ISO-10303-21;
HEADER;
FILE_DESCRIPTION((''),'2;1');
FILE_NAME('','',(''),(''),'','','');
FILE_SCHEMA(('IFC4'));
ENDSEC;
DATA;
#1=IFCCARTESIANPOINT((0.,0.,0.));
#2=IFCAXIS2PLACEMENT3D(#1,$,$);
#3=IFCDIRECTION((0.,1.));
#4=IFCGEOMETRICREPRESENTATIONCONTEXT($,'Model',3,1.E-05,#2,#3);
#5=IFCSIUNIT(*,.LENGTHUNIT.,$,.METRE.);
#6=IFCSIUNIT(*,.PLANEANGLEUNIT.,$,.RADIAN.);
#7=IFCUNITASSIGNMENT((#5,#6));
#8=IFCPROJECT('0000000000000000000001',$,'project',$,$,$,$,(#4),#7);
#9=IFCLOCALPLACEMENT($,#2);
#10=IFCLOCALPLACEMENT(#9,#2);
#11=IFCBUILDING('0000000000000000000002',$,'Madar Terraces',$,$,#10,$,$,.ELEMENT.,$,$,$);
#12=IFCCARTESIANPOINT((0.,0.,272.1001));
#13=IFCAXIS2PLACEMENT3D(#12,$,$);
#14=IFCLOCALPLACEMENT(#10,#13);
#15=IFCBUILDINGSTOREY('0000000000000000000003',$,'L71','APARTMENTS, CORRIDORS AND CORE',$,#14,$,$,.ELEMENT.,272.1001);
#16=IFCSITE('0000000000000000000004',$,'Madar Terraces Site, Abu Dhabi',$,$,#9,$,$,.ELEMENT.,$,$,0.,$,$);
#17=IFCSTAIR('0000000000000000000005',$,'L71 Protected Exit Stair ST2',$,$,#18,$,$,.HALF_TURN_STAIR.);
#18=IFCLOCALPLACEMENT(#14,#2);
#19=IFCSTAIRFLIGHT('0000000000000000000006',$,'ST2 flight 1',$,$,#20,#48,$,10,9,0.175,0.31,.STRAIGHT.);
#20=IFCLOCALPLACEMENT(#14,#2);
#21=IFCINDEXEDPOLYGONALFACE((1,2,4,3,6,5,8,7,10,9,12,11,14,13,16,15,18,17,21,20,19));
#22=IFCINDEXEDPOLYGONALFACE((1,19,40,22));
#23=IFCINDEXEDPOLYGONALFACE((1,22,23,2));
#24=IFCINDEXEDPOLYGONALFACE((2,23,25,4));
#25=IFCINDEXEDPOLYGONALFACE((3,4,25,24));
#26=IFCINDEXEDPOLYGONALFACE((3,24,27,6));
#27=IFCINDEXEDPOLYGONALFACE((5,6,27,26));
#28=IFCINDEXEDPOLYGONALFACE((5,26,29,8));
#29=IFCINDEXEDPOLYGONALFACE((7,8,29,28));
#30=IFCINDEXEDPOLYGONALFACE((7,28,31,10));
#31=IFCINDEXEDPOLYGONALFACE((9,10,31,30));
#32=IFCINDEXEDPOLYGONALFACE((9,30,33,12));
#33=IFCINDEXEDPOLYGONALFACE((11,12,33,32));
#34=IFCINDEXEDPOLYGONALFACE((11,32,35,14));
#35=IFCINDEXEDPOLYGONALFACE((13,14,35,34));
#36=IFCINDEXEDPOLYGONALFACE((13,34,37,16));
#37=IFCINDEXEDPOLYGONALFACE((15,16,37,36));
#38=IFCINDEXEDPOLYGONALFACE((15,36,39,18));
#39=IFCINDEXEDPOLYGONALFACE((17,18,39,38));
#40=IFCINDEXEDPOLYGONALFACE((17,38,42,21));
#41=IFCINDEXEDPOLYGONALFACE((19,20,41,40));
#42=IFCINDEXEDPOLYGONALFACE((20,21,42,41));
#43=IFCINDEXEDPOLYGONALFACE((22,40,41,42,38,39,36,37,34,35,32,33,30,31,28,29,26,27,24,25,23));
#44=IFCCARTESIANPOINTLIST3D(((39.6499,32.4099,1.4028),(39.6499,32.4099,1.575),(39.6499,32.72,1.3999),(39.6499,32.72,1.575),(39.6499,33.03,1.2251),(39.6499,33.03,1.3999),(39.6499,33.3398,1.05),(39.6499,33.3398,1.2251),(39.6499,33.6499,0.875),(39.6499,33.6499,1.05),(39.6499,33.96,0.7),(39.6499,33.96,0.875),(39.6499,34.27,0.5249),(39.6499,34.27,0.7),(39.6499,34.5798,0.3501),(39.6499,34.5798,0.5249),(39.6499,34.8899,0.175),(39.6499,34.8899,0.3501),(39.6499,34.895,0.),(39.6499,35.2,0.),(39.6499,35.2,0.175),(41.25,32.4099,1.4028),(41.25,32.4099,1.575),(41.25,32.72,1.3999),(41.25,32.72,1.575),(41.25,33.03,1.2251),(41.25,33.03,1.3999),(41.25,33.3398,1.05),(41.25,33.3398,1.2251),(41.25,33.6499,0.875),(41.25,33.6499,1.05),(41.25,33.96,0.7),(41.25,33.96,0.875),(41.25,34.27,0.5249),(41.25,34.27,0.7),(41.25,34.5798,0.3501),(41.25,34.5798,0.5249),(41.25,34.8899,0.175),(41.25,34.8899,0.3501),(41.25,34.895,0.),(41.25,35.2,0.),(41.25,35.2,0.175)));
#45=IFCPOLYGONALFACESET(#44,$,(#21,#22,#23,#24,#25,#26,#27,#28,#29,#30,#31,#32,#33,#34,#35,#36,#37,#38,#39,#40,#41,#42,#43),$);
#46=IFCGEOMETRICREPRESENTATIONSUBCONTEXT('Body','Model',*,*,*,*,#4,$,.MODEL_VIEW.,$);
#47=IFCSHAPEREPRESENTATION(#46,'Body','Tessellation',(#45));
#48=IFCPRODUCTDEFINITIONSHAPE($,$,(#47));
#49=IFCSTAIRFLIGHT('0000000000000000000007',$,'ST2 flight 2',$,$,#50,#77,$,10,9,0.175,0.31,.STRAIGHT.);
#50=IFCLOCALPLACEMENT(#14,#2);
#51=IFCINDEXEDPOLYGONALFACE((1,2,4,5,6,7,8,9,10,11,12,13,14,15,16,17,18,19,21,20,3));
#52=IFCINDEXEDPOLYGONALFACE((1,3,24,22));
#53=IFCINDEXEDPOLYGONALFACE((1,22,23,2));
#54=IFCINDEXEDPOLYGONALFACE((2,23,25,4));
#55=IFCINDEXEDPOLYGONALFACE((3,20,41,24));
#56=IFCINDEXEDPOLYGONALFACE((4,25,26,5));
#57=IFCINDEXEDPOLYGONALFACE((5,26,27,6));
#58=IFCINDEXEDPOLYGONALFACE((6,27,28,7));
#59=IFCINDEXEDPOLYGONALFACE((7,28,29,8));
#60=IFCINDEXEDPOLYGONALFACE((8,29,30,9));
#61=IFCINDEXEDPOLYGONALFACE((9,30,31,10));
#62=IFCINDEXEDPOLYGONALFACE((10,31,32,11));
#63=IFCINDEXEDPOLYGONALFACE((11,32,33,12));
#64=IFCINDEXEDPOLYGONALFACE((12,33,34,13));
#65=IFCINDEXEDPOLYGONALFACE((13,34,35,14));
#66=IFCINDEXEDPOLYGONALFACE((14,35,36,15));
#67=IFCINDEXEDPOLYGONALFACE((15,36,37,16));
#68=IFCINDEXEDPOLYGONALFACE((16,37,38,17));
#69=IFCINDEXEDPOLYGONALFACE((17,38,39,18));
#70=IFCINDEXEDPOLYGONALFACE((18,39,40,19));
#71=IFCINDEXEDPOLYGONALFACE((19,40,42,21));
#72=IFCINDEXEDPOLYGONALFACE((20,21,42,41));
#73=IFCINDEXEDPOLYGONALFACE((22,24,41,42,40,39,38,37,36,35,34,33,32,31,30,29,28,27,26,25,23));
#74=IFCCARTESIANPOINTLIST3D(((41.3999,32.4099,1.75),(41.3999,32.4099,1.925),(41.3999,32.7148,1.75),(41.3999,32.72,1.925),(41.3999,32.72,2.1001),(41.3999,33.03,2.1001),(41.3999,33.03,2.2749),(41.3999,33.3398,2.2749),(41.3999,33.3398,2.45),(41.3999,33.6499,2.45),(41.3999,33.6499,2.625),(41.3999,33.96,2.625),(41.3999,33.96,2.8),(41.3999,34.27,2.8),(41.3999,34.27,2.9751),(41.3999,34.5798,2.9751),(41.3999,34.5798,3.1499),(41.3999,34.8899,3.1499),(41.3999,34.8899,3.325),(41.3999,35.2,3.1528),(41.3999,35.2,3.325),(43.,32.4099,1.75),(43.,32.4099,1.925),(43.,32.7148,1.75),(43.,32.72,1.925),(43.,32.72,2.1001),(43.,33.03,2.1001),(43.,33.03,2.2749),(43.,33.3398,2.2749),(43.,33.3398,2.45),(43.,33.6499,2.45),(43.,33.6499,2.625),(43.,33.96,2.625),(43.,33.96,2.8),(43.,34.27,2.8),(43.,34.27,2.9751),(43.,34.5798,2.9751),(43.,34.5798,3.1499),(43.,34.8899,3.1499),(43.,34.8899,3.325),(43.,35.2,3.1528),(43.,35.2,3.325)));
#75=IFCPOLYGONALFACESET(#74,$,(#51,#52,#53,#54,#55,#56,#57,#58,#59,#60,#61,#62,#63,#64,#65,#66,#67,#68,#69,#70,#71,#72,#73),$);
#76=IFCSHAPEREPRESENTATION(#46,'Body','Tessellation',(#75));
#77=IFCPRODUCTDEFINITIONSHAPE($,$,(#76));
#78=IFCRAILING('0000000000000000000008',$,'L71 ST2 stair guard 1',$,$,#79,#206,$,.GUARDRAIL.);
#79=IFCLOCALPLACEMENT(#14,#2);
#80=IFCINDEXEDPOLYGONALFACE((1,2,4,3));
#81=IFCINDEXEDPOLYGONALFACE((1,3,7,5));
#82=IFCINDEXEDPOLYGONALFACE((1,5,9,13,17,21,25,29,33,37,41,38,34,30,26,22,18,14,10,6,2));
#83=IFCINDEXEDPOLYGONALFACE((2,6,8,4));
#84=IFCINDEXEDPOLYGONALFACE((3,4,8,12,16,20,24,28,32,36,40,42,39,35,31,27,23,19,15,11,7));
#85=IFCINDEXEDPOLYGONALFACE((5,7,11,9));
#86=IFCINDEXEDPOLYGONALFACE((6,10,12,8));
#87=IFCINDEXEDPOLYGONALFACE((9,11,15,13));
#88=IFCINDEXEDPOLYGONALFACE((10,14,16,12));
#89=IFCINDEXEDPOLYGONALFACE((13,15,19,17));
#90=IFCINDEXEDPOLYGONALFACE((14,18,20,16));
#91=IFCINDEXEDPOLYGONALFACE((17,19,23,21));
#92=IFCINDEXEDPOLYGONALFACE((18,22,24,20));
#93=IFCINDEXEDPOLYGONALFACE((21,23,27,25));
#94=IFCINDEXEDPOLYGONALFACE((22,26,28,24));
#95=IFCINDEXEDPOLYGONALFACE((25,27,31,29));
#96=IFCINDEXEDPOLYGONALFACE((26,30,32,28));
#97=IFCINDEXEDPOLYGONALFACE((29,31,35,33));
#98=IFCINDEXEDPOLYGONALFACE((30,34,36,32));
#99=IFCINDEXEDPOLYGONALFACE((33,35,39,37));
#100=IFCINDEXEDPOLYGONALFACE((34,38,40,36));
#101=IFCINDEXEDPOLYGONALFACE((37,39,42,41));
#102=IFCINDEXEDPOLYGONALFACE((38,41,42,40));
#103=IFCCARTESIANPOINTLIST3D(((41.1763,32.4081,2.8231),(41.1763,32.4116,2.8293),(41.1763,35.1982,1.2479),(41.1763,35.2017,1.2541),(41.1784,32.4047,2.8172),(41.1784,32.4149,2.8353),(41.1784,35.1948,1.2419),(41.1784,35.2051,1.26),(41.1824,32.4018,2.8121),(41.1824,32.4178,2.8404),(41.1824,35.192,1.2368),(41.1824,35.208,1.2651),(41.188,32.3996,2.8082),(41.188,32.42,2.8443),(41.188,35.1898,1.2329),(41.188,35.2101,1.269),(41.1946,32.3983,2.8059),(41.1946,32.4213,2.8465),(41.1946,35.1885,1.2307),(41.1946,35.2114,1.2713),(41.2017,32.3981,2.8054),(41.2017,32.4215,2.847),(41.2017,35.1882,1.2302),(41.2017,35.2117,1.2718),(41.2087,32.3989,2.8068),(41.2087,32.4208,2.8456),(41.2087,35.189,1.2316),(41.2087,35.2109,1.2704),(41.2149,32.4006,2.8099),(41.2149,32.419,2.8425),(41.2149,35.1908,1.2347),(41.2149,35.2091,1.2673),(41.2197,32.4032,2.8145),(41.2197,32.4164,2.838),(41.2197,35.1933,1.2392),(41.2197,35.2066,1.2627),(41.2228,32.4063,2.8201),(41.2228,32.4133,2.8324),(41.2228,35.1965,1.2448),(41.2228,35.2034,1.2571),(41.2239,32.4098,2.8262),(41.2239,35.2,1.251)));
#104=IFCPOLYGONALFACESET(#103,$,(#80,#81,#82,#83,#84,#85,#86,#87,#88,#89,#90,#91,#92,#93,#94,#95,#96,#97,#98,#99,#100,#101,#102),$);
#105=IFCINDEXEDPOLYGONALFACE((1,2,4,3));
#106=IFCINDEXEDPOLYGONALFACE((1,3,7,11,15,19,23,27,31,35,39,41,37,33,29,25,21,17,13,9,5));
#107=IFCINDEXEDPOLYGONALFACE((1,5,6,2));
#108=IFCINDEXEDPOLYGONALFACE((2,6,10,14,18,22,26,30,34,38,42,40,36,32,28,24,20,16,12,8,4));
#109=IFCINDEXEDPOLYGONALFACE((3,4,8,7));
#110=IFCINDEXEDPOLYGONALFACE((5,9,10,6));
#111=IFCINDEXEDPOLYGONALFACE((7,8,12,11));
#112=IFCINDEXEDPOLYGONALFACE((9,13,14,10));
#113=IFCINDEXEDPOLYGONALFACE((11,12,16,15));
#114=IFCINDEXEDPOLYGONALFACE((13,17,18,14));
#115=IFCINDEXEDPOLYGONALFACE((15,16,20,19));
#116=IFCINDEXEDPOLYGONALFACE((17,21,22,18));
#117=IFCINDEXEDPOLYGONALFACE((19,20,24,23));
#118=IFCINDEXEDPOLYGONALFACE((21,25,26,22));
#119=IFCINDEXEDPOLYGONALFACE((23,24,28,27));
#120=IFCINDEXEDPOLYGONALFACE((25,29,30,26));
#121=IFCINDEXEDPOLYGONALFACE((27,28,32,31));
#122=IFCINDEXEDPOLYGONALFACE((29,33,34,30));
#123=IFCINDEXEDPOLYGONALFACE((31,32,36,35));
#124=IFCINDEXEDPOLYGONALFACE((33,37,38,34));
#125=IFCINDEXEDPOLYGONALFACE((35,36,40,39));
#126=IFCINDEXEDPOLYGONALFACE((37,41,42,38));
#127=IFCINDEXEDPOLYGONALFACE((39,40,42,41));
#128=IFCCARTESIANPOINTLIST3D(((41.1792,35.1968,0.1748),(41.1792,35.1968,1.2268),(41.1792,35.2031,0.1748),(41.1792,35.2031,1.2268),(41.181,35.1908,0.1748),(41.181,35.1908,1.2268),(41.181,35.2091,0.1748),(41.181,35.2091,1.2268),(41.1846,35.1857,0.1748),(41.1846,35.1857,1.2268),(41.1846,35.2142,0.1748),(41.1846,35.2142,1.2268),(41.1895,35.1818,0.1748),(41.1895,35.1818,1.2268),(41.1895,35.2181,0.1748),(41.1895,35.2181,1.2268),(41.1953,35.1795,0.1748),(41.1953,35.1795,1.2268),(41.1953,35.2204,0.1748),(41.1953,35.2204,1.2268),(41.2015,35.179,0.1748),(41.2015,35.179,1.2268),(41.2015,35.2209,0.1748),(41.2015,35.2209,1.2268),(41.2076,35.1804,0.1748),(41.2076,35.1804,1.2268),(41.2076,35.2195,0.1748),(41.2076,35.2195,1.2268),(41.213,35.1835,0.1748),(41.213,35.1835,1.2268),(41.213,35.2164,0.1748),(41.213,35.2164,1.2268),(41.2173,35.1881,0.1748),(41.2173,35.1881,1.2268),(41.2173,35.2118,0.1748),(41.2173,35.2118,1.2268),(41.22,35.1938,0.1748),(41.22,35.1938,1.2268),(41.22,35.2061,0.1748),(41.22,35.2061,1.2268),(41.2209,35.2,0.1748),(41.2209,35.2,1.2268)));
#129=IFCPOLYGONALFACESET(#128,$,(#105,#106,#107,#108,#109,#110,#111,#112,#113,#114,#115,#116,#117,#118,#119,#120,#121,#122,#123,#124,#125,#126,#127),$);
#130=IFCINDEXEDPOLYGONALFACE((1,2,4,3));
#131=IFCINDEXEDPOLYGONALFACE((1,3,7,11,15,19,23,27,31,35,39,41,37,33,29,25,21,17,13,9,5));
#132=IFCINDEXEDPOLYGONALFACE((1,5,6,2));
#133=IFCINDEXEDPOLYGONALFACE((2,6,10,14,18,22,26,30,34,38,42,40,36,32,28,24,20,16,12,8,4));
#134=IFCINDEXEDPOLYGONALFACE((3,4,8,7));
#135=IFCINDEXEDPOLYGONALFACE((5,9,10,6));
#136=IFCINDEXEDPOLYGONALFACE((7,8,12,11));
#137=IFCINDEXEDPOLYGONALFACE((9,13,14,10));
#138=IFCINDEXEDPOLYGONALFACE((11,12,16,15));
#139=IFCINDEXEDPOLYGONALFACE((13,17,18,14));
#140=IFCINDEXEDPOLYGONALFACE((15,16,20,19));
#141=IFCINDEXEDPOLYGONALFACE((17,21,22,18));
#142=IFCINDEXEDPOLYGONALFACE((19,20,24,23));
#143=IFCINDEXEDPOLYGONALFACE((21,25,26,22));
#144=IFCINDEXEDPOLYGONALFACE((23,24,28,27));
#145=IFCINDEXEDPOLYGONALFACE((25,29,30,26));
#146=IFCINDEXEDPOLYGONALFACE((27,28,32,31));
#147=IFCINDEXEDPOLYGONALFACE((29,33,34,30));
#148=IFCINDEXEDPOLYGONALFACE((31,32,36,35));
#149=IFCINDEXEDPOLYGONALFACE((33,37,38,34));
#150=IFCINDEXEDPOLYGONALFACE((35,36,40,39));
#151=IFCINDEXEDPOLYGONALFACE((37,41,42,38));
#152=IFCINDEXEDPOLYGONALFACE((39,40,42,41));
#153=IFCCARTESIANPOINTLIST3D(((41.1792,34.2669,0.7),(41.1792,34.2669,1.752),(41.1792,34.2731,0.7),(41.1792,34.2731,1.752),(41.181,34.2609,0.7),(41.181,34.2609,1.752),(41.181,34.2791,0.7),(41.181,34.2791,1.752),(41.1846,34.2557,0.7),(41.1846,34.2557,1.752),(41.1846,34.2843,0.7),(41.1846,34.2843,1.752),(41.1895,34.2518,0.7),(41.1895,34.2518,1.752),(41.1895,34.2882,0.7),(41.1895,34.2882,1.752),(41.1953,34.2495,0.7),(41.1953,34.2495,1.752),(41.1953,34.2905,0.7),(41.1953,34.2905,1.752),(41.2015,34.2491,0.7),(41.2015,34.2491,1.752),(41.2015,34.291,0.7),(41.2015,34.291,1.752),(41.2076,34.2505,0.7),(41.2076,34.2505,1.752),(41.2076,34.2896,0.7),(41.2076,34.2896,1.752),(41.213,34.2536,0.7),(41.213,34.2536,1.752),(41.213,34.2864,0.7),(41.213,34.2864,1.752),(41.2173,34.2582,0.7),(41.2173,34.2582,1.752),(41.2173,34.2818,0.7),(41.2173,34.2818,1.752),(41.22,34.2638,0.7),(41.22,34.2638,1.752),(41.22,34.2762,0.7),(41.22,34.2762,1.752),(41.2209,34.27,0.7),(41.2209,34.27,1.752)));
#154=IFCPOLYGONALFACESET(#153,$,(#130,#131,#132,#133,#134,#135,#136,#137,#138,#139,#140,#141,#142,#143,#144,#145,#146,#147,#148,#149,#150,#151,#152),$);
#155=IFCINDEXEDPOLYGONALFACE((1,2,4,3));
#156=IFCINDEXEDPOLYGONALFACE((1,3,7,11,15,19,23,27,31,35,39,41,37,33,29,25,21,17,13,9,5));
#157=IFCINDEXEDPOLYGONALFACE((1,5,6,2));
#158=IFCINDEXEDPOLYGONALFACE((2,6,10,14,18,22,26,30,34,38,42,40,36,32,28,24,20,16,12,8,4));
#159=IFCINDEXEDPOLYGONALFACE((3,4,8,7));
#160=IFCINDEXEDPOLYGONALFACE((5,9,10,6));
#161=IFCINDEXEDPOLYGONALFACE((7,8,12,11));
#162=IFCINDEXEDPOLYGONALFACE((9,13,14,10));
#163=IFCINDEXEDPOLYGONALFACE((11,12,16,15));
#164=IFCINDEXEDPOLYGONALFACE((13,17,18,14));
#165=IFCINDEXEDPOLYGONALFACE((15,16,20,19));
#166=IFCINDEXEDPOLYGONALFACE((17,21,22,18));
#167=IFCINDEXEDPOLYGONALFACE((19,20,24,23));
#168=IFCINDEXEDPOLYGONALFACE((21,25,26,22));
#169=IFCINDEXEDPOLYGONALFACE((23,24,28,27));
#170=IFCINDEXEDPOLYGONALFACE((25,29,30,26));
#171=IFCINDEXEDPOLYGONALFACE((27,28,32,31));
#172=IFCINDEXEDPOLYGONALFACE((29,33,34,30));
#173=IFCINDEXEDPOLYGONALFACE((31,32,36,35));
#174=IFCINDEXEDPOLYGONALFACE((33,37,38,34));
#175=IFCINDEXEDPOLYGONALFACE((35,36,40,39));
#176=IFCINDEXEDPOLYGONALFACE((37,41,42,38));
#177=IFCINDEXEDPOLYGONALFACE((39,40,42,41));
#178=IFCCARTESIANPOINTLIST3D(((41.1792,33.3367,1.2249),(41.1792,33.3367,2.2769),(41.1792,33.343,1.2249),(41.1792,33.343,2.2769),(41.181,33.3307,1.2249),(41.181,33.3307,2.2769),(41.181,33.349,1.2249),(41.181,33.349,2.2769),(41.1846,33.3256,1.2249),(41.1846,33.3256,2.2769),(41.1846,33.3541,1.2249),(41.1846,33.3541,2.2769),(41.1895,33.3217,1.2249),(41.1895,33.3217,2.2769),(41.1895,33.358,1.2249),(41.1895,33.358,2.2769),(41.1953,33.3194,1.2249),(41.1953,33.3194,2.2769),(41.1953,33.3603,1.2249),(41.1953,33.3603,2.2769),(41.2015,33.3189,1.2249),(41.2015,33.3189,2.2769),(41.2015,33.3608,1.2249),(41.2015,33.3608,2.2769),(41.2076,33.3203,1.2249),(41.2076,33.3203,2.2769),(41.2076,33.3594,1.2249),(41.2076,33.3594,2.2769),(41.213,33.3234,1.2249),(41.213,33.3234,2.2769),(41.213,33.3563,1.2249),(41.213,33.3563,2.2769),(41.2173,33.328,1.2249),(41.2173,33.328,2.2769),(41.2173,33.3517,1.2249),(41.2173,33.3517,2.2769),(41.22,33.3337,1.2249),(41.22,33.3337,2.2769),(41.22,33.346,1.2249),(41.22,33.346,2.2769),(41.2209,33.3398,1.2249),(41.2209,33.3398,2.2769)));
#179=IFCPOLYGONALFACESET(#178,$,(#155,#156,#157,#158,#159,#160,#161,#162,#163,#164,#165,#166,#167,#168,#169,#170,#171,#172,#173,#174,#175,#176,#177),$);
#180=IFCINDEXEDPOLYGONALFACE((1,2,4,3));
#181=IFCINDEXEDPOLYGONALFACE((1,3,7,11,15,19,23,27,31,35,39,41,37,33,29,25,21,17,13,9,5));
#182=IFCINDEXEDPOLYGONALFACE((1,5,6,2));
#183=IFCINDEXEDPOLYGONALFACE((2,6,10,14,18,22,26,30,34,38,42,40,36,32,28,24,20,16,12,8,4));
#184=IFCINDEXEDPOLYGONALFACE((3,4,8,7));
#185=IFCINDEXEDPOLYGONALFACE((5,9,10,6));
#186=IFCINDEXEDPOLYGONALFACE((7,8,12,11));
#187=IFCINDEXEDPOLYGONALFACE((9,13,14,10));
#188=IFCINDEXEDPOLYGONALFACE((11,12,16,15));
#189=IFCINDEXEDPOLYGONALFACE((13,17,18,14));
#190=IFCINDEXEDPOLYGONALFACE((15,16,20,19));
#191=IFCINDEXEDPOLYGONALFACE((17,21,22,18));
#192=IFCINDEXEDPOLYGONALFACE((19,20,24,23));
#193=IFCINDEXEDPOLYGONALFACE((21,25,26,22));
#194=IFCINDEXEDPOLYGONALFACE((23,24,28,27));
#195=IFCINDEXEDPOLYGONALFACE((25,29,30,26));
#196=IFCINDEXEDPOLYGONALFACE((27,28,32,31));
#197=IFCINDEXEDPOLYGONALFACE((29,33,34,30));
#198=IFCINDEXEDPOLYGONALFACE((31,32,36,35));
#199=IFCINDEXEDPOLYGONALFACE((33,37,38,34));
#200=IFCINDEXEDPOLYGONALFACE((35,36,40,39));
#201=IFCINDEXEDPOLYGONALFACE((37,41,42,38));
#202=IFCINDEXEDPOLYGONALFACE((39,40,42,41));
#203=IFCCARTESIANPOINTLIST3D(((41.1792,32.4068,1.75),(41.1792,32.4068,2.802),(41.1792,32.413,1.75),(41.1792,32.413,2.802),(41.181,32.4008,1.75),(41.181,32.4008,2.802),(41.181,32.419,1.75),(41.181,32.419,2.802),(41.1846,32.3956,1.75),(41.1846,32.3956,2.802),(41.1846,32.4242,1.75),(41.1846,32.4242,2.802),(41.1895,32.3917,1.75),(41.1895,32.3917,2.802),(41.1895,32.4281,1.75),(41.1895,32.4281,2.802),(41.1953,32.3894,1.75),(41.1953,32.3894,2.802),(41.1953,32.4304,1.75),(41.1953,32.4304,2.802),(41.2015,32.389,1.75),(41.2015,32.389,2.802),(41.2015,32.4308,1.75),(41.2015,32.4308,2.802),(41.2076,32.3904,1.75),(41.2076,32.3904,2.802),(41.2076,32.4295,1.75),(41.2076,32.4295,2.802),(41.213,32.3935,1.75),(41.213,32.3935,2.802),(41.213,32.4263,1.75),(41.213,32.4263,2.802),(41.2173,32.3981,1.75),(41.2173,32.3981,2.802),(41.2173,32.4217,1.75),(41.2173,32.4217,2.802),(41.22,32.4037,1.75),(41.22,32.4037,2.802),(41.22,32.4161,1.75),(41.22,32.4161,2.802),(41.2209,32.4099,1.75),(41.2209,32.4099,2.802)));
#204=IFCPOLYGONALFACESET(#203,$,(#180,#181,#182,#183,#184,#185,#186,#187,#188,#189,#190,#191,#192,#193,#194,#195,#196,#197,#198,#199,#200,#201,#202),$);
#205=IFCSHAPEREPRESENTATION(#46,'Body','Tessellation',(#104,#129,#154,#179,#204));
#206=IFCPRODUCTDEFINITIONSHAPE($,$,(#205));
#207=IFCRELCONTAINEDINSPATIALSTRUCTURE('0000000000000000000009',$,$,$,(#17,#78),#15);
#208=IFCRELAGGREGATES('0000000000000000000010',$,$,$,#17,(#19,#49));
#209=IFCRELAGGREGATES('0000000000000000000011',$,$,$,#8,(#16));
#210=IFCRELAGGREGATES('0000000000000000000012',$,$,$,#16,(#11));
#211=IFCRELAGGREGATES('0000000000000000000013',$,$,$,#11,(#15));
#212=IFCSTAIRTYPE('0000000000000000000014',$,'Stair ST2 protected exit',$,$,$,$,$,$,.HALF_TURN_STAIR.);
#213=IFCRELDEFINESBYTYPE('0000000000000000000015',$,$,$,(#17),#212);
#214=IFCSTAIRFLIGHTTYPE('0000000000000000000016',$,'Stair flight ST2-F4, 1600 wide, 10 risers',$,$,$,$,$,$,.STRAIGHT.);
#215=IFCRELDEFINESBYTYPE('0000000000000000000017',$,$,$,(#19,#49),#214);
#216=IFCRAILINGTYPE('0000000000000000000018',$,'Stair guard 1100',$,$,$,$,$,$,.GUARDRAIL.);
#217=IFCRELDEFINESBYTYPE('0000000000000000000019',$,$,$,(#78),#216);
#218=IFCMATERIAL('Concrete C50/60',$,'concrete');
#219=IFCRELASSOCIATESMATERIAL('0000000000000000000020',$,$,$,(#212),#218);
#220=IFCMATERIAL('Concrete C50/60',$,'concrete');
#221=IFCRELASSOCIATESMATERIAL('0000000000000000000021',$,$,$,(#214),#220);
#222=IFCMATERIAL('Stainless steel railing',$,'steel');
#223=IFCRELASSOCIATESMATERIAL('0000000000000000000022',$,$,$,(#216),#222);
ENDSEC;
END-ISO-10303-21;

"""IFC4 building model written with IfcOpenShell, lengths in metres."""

from ifc_helpers import new_model, si_unit, direction, frame, origin, origin_2d, place, context, subcontext, project, spatial, polyline, circle, outline, extrude, material, type_object, element, aggregate, save


model = new_model("IFC4")

# Units and contexts
model_context = context("Model", 3, precision=1e-05, world=origin(), true_north=direction((0.0, 1.0)))
body_context = subcontext(model_context, "Body", "Model", "MODEL_VIEW")
ifc_project = project(units=[si_unit("LENGTHUNIT", "METRE"), si_unit("PLANEANGLEUNIT", "RADIAN")], contexts=[model_context])

# Site, building, storey
site_placement = place(None, origin())
site = spatial("IfcSite", under=ifc_project, at=site_placement, Name="Madar Terraces Site, Abu Dhabi", CompositionType="ELEMENT", RefElevation=0.0)
building_placement = place(site_placement, origin())
building = spatial("IfcBuilding", under=site, at=building_placement, Name="Madar Terraces", CompositionType="ELEMENT")
storey_placement = place(building_placement, frame((0.0, 0.0, 272.1001)))
storey = spatial("IfcBuildingStorey", under=building, at=storey_placement, Name="L71", Description="APARTMENTS, CORRIDORS AND CORE", CompositionType="ELEMENT", Elevation=272.1001)

# Stair, stair flights
ifc_material_1 = material(Name="Concrete C50/60", Category="concrete")
stair_type = type_object("IfcStairType", Name="Stair ST2 protected exit", PredefinedType="HALF_TURN_STAIR", material=ifc_material_1)
stair_placement = place(storey_placement, origin())
stair = element("IfcStair", 1, at=stair_placement, inside=storey, type_object=stair_type, Name="L71 Protected Exit Stair ST2", PredefinedType="HALF_TURN_STAIR")
ifc_material_2 = material(Name="Concrete C50/60", Category="concrete")
stair_flight_type = type_object("IfcStairFlightType", Name="Stair flight ST2-F4, 1600 wide, 10 risers", PredefinedType="STRAIGHT", material=ifc_material_2)
stair_flight_1_placement = place(storey_placement, frame((40.45, 35.2, 0.0), z_axis=(0.0, 0.0, 1.0), x_axis=(0.0, -1.0, 0.0)))
stair_flight_1 = element("IfcStairFlight", 2, at=stair_flight_1_placement, type_object=stair_flight_type, Name="ST2 flight 1", NumberOfRisers=10, NumberOfTreads=9, PredefinedType="STRAIGHT", RiserHeight=0.175, TreadLength=0.31, context=body_context, shape_type="SweptSolid", body=[
    extrude(outline(polyline([(0.0, 0.0), (0.0, 0.175), (0.3101, 0.175), (0.3101, 0.3501), (0.6201, 0.3501), (0.6201, 0.5249), (0.9299, 0.5249), (0.9299, 0.7), (1.24, 0.7), (1.24, 0.875), (1.55, 0.875), (1.55, 1.05), (1.8601, 1.05), (1.8601, 1.2251), (2.1699, 1.2251), (2.1699, 1.3999), (2.48, 1.3999), (2.48, 1.575), (2.79, 1.575), (2.79, 1.75), (2.79, 1.4028), (0.3049, 0.0), (0.0, 0.0)])), frame((0.0, 0.8, 0.0), z_axis=(0.0, -1.0, 0.0), x_axis=(1.0, 0.0, 0.0)), (0.0, 0.0, 1.0), 1.6001),
])
stair_flight_2_placement = place(storey_placement, frame((42.2, 32.4099, 1.75), z_axis=(0.0, 0.0, 1.0), x_axis=(0.0, 1.0, 0.0)))
stair_flight_2 = element("IfcStairFlight", 3, at=stair_flight_2_placement, type_object=stair_flight_type, Name="ST2 flight 2", NumberOfRisers=10, NumberOfTreads=9, PredefinedType="STRAIGHT", RiserHeight=0.175, TreadLength=0.31, context=body_context, shape_type="SweptSolid", body=[
    extrude(outline(polyline([(0.0, 0.0), (0.0, 0.175), (0.3101, 0.175), (0.3101, 0.3501), (0.6201, 0.3501), (0.6201, 0.5249), (0.9299, 0.5249), (0.9299, 0.7), (1.24, 0.7), (1.24, 0.875), (1.55, 0.875), (1.55, 1.05), (1.8601, 1.05), (1.8601, 1.2251), (2.1699, 1.2251), (2.1699, 1.3999), (2.48, 1.3999), (2.48, 1.575), (2.79, 1.575), (2.79, 1.75), (2.79, 1.4028), (0.3049, 0.0), (0.0, 0.0)])), frame((0.0, 0.8, 0.0), z_axis=(0.0, -1.0, 0.0), x_axis=(1.0, 0.0, 0.0)), (0.0, 0.0, 1.0), 1.6001),
])
aggregate(stair, [stair_flight_1, stair_flight_2])

# Railing
ifc_material_3 = material(Name="Stainless steel railing", Category="steel")
railing_type_1 = type_object("IfcRailingType", Name="Stair guard 1100", PredefinedType="GUARDRAIL", material=ifc_material_3)
railing_1_placement = place(storey_placement, frame((41.2, 35.2, 0.1748)))
element("IfcRailing", 4, at=railing_1_placement, inside=storey, type_object=railing_type_1, Name="L71 ST2 stair guard 1", PredefinedType="GUARDRAIL", context=body_context, shape_type="SweptSolid", body=[
    extrude(circle(Radius=0.0239, at=origin_2d()), frame((0.0, 0.0, 1.0762), z_axis=(0.0, -0.870801, 0.491635), x_axis=(1.0, 0.0, 0.0)), (0.0, 0.0, 1.0), 3.2041),
    extrude(circle(Radius=0.021, at=origin_2d()), origin(), (0.0, 0.0, 1.0), 1.052),
    extrude(circle(Radius=0.021, at=origin_2d()), frame((0.0, -0.9299, 0.5251)), (0.0, 0.0, 1.0), 1.052),
    extrude(circle(Radius=0.021, at=origin_2d()), frame((0.0, -1.8601, 1.05)), (0.0, 0.0, 1.0), 1.052),
    extrude(circle(Radius=0.021, at=origin_2d()), frame((0.0, -2.79, 1.5752)), (0.0, 0.0, 1.0), 1.052),
])

save(model, "model.ifc")
